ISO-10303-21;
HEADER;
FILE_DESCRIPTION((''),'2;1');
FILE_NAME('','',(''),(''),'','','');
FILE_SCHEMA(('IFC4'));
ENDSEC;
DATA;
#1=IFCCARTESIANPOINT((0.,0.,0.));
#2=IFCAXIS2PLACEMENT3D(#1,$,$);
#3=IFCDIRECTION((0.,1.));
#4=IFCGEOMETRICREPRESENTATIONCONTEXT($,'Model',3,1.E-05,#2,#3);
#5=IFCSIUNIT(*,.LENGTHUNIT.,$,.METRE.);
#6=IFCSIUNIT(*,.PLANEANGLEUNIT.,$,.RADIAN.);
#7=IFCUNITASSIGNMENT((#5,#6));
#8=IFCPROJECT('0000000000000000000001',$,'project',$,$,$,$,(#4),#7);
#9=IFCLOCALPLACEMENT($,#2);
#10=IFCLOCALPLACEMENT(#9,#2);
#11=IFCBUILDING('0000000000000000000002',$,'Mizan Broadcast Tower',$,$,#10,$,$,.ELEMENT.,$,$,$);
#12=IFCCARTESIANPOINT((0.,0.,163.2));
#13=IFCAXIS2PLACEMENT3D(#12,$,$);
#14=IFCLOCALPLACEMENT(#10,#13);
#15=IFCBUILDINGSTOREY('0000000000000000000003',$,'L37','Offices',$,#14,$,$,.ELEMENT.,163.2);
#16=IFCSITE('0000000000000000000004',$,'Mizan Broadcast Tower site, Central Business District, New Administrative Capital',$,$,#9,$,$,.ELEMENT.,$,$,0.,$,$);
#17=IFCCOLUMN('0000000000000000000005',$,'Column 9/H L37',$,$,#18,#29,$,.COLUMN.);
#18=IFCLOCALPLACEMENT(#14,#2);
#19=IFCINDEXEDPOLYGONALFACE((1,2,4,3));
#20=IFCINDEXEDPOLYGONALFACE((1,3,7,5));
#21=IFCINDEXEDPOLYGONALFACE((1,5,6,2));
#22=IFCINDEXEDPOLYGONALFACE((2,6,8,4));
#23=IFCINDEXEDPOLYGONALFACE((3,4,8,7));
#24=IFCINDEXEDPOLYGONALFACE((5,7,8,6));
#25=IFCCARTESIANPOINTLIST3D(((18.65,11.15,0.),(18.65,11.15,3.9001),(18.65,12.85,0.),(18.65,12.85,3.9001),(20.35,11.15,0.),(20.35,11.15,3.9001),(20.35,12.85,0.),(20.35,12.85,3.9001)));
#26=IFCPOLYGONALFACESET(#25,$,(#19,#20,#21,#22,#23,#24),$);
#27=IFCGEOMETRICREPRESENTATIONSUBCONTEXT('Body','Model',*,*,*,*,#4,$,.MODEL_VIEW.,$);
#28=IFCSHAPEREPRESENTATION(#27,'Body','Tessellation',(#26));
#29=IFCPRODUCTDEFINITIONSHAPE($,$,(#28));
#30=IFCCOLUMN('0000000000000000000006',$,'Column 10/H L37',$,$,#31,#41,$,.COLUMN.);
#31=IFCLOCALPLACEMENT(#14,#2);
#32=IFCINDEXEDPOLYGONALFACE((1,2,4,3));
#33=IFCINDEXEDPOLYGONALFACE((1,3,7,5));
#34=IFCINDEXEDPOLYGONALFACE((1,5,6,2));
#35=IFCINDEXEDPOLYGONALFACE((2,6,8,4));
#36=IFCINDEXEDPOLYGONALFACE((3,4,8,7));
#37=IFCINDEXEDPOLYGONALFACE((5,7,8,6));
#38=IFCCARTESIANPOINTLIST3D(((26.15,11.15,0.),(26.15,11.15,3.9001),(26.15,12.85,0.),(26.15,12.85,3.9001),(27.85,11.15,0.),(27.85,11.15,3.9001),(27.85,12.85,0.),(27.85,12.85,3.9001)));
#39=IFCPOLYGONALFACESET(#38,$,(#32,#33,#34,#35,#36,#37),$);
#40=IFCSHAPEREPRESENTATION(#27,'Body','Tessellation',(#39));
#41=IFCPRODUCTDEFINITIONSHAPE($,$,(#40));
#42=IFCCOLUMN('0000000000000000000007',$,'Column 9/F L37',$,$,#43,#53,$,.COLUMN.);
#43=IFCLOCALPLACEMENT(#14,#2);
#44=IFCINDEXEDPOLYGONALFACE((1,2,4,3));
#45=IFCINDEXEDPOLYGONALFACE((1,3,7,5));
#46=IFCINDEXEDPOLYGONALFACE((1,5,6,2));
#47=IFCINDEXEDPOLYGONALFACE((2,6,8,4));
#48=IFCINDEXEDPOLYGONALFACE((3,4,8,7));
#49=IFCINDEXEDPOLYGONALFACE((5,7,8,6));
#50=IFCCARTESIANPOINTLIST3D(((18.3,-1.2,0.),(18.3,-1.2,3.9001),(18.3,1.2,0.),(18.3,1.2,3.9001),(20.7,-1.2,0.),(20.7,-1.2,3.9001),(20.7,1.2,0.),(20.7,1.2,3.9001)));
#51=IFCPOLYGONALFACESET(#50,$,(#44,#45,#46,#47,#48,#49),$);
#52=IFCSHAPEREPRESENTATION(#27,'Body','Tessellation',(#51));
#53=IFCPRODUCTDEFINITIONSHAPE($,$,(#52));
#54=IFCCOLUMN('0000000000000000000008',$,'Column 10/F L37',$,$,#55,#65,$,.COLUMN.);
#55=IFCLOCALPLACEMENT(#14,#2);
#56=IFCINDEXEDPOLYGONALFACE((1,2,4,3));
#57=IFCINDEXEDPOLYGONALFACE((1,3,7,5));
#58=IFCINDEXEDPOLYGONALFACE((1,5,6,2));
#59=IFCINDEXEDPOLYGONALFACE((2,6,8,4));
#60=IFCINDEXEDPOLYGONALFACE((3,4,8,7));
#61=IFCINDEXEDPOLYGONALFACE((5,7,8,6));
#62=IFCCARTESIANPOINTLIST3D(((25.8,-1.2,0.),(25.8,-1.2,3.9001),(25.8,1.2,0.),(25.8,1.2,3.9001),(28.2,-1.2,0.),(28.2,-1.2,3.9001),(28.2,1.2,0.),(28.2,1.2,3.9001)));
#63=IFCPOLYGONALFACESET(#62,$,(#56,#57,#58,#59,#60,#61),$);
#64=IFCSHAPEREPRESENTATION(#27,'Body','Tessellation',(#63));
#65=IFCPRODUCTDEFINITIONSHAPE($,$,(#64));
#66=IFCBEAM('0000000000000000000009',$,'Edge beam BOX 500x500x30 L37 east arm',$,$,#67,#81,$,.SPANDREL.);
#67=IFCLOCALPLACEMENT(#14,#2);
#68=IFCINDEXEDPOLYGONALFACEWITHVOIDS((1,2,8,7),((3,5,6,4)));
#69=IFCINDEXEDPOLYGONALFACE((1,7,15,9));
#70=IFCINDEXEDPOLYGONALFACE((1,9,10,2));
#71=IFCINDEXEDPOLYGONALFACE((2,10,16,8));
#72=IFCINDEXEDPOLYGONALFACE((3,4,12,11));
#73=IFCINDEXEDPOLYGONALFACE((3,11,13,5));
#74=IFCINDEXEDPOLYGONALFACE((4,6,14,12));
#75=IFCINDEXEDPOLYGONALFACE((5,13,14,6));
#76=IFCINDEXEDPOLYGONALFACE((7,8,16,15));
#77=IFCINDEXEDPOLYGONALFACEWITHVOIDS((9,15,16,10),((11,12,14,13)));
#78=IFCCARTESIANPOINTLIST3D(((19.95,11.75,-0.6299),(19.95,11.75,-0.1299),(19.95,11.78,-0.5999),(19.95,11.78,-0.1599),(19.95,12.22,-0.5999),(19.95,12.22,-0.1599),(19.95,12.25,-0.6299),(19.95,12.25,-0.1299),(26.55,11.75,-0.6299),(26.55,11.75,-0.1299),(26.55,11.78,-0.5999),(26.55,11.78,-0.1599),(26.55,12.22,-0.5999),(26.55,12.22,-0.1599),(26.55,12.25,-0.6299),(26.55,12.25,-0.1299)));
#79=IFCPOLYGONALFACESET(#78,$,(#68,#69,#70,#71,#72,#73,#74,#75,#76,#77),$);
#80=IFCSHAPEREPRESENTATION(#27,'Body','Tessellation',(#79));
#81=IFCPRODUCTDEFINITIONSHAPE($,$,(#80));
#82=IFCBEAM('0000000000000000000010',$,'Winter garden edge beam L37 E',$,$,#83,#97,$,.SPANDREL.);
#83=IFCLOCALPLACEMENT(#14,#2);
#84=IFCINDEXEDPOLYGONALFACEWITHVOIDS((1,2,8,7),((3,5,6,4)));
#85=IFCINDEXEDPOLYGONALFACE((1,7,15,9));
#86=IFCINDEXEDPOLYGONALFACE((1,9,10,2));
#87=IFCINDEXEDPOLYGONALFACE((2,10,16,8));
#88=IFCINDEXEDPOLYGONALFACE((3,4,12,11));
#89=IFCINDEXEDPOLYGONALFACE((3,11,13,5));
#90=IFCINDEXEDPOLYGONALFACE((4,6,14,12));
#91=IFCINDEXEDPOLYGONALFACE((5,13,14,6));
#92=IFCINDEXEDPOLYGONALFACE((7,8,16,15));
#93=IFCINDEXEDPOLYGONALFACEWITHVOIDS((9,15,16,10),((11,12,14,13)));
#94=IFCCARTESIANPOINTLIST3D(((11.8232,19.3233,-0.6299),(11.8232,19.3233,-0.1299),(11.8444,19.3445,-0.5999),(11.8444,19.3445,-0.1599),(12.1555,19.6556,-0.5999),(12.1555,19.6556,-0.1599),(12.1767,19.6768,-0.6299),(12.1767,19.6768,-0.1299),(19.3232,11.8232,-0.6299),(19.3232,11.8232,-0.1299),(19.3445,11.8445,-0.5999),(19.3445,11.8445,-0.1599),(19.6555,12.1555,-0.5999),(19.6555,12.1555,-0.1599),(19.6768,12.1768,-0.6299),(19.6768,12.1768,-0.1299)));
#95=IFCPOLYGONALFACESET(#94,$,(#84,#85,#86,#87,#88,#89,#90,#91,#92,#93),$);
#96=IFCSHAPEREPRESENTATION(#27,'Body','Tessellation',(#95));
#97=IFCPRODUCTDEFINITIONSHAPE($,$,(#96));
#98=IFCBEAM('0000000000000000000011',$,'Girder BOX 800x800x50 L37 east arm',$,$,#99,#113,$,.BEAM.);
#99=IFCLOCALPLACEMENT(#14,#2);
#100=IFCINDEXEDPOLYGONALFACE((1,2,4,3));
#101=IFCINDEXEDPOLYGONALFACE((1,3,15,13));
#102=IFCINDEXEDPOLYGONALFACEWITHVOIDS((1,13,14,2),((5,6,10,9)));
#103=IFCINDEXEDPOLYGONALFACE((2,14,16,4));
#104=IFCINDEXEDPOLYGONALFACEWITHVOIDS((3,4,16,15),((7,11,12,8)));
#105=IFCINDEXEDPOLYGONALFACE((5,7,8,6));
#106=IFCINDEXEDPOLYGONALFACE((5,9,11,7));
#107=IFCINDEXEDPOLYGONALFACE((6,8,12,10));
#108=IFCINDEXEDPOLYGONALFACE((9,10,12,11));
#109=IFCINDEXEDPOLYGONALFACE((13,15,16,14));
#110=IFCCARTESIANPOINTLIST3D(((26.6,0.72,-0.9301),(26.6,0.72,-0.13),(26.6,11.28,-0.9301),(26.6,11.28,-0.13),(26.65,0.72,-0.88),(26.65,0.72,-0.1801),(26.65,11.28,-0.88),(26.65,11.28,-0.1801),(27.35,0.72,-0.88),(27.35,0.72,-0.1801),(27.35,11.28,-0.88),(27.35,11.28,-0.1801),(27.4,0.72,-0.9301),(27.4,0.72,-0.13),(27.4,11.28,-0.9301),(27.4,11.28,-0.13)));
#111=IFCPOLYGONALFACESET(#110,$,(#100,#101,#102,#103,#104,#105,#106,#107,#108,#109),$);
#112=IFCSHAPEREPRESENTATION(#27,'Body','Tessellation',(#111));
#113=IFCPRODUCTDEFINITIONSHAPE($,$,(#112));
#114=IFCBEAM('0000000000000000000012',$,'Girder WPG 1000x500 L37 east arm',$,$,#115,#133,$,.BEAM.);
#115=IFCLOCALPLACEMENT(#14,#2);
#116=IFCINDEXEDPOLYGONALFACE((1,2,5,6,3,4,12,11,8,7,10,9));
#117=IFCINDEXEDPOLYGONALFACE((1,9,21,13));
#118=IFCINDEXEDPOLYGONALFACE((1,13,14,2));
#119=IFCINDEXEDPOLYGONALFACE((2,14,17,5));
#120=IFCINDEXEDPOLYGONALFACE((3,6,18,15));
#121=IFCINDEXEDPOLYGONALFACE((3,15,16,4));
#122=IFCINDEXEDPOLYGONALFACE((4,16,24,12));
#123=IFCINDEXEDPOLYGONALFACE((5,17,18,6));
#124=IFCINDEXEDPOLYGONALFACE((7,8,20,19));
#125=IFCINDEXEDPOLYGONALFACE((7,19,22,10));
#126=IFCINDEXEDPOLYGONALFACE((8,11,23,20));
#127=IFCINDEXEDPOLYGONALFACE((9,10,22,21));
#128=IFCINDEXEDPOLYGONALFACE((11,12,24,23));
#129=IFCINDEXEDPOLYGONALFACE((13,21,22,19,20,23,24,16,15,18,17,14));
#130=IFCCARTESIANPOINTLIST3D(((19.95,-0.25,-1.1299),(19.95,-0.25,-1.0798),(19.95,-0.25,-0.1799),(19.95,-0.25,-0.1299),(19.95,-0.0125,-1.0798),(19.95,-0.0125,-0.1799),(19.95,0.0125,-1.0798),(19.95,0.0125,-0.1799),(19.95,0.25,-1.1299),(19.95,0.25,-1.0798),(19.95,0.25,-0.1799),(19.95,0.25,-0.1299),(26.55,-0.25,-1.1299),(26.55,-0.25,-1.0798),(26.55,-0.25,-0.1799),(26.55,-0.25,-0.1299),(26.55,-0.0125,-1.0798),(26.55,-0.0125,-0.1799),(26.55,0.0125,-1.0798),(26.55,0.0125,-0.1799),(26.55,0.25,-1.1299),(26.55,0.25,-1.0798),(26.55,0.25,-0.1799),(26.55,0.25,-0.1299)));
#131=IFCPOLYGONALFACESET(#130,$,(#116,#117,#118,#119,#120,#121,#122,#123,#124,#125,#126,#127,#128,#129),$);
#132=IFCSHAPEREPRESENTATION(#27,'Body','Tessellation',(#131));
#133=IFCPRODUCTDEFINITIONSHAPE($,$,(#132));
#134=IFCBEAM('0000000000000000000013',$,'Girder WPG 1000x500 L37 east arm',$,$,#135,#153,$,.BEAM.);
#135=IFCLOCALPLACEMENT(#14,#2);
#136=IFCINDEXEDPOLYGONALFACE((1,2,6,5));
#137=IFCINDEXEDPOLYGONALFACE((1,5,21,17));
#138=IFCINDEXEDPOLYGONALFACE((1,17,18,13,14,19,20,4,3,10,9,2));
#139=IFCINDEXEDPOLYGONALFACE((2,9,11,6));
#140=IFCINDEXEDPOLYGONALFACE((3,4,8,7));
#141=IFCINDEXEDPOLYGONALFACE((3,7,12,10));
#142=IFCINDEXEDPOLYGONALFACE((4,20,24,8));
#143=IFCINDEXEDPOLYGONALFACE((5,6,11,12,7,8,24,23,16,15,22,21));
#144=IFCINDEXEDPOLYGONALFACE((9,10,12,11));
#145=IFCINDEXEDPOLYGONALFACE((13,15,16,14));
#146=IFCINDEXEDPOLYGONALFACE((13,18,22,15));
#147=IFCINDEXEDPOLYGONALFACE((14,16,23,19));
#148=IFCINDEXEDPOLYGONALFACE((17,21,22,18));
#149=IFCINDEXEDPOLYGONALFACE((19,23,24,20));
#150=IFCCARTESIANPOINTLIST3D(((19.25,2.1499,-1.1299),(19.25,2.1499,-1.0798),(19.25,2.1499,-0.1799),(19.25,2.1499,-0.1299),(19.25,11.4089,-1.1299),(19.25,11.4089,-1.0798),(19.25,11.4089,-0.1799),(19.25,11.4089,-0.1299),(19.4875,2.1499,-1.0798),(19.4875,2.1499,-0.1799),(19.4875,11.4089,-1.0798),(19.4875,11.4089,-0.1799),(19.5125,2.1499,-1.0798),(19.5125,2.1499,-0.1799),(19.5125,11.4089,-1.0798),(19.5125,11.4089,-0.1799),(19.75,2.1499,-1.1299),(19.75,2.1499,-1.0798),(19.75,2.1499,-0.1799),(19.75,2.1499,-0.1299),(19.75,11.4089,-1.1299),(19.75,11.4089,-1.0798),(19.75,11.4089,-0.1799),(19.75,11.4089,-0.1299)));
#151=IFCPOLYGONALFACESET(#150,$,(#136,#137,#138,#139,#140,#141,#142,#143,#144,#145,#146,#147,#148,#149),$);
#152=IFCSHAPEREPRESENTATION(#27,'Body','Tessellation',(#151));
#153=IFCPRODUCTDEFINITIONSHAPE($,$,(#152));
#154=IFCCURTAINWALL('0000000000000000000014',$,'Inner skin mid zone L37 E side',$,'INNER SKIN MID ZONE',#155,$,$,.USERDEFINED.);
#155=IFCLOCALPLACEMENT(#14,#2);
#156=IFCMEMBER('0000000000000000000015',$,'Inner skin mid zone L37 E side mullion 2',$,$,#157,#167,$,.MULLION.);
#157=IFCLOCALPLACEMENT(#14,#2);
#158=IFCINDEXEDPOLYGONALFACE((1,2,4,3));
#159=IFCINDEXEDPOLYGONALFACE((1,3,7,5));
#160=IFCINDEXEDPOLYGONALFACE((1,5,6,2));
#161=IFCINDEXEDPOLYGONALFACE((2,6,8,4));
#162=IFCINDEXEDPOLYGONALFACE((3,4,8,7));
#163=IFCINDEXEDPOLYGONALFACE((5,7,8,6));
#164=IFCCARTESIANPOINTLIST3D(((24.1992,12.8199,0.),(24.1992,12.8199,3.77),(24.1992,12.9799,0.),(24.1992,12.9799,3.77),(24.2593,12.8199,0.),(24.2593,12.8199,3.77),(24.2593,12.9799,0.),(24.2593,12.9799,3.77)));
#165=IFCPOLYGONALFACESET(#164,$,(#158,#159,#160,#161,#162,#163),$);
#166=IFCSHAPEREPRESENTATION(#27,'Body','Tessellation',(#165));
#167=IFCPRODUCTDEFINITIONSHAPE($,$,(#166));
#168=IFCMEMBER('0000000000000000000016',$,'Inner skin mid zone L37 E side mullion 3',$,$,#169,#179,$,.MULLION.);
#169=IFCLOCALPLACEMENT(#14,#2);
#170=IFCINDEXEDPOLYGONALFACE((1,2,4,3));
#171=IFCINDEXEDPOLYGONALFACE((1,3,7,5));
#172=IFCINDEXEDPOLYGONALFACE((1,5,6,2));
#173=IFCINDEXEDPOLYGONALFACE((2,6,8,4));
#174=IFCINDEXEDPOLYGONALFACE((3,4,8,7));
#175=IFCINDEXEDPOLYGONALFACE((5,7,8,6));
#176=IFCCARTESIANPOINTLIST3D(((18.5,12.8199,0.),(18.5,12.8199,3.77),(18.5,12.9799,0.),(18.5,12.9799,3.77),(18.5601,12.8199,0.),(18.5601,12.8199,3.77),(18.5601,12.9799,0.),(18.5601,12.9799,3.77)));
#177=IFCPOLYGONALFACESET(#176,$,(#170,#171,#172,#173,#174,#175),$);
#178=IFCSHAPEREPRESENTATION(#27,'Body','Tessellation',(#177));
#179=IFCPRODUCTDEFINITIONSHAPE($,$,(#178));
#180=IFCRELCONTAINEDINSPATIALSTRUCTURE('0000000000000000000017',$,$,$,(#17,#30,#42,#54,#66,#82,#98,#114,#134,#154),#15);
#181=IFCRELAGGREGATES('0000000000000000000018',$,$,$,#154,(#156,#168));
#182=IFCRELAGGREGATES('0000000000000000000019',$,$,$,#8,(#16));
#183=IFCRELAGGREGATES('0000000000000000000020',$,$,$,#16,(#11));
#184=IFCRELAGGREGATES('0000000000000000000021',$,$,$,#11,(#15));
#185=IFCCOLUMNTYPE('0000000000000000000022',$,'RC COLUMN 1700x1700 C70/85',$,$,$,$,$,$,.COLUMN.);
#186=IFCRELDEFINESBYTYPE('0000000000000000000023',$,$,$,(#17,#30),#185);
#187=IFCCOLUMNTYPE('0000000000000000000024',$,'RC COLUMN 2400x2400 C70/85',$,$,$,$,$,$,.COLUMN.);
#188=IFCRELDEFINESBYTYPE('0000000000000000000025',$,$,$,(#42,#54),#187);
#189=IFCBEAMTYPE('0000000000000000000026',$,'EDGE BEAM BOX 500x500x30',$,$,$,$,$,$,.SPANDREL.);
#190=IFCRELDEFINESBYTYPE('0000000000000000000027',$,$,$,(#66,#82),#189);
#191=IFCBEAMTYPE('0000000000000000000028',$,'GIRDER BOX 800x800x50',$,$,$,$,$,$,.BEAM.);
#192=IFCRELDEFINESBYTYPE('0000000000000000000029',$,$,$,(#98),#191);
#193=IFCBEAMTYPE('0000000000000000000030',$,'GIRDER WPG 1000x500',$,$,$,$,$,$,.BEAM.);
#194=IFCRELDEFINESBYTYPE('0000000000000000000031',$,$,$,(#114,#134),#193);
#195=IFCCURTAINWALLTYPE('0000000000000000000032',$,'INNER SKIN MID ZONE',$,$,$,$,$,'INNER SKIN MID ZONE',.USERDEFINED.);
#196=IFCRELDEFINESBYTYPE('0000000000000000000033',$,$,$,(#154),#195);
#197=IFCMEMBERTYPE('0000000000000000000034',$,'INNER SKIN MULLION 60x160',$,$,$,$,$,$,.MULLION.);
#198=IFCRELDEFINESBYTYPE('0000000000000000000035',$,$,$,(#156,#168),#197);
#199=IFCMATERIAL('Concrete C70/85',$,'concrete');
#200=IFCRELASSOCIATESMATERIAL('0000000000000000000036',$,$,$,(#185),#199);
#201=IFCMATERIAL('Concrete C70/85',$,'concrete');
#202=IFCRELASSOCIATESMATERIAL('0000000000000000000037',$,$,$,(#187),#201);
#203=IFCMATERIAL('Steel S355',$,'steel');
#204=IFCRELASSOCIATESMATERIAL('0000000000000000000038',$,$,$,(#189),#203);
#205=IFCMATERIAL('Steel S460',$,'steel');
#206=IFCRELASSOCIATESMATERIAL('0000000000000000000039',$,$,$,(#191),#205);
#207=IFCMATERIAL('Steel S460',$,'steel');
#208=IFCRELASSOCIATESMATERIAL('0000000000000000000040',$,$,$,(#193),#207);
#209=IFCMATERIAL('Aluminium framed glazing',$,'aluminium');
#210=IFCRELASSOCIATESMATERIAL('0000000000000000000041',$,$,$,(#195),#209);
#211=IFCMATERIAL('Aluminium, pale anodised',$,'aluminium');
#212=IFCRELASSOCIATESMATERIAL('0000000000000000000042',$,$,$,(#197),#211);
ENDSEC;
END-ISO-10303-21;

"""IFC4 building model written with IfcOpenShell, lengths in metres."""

from ifc_helpers import new_model, si_unit, direction, frame, origin, origin_2d, place, context, subcontext, project, spatial, rectangle, hollow_rectangle, i_section, extrude, material, material_profile, profile_set, type_object, element, aggregate, save


model = new_model("IFC4")

# Units and contexts
model_context = context("Model", 3, precision=1e-05, world=origin(), true_north=direction((0.0, 1.0)))
body_context = subcontext(model_context, "Body", "Model", "MODEL_VIEW")
ifc_project = project(units=[si_unit("LENGTHUNIT", "METRE"), si_unit("PLANEANGLEUNIT", "RADIAN")], contexts=[model_context])

# Site, building, storey
site_placement = place(None, origin())
site = spatial("IfcSite", under=ifc_project, at=site_placement, Name="Mizan Broadcast Tower site, Central Business District, New Administrative Capital", CompositionType="ELEMENT", RefElevation=0.0)
building_placement = place(site_placement, origin())
building = spatial("IfcBuilding", under=site, at=building_placement, Name="Mizan Broadcast Tower", CompositionType="ELEMENT")
storey_placement = place(building_placement, frame((0.0, 0.0, 163.2)))
storey = spatial("IfcBuildingStorey", under=building, at=storey_placement, Name="L37", Description="Offices", CompositionType="ELEMENT", Elevation=163.2)

# Columns
ifc_material_1 = material(Name="Concrete C70/85", Category="concrete")
ifc_material_profile_1 = material_profile(ifc_material_1, rectangle(XDim=1.7, YDim=1.7, at=origin_2d()), Name="RC 1700x1700")
ifc_profile_set_1 = profile_set([ifc_material_profile_1], Name="Concrete C70/85")
column_type_1 = type_object("IfcColumnType", Name="RC COLUMN 1700x1700 C70/85", PredefinedType="COLUMN", material=ifc_profile_set_1)
for number, where, z_axis, x_axis, name in (
    (1, (19.5, 12.0, 0.0), (0.0, 0.0, 1.0), (1.0, 0.0, 0.0), "Column 9/H L37"),
    (2, (27.0, 12.0, 0.0), (0.0, 0.0, 1.0), (1.0, 0.0, 0.0), "Column 10/H L37"),
):
    element("IfcColumn", number, at=place(storey_placement, frame(where, z_axis=z_axis, x_axis=x_axis)), inside=storey, type_object=column_type_1, Name=name, PredefinedType="COLUMN", context=body_context, shape_type="SweptSolid", body=[
        extrude(rectangle(XDim=1.7, YDim=1.7, at=origin_2d()), origin(), (0.0, 0.0, 1.0), 3.9001),
    ])
ifc_material_2 = material(Name="Concrete C70/85", Category="concrete")
ifc_material_profile_2 = material_profile(ifc_material_2, rectangle(XDim=2.3999, YDim=2.3999, at=origin_2d()), Name="RC 2400x2400")
ifc_profile_set_2 = profile_set([ifc_material_profile_2], Name="Concrete C70/85")
column_type_2 = type_object("IfcColumnType", Name="RC COLUMN 2400x2400 C70/85", PredefinedType="COLUMN", material=ifc_profile_set_2)
for number, where, z_axis, x_axis, name in (
    (3, (19.5, 0.0, 0.0), (0.0, 0.0, 1.0), (1.0, 0.0, 0.0), "Column 9/F L37"),
    (4, (27.0, 0.0, 0.0), (0.0, 0.0, 1.0), (1.0, 0.0, 0.0), "Column 10/F L37"),
):
    element("IfcColumn", number, at=place(storey_placement, frame(where, z_axis=z_axis, x_axis=x_axis)), inside=storey, type_object=column_type_2, Name=name, PredefinedType="COLUMN", context=body_context, shape_type="SweptSolid", body=[
        extrude(rectangle(XDim=2.3999, YDim=2.3999, at=origin_2d()), origin(), (0.0, 0.0, 1.0), 3.9001),
    ])

# Beams
ifc_material_3 = material(Name="Steel S355", Category="steel")
ifc_material_profile_3 = material_profile(ifc_material_3, hollow_rectangle(XDim=0.5, YDim=0.5, WallThickness=0.03, at=origin_2d()), Name="BOX 500x500x30")
ifc_profile_set_3 = profile_set([ifc_material_profile_3], Name="Steel S355")
beam_type_1 = type_object("IfcBeamType", Name="EDGE BEAM BOX 500x500x30", PredefinedType="SPANDREL", material=ifc_profile_set_3)
beam_1_placement = place(storey_placement, frame((19.95, 12.0, -0.3799), z_axis=(1.0, 0.0, 0.0), x_axis=(0.0, 1.0, 0.0)))
element("IfcBeam", 5, at=beam_1_placement, inside=storey, type_object=beam_type_1, Name="Edge beam BOX 500x500x30 L37 east arm", PredefinedType="SPANDREL", context=body_context, shape_type="SweptSolid", body=[
    extrude(hollow_rectangle(XDim=0.5, YDim=0.5, WallThickness=0.03, at=origin_2d()), origin(), (0.0, 0.0, 1.0), 6.6001),
])
beam_2_placement = place(storey_placement, frame((19.5, 12.0, -0.3799), z_axis=(-0.707107, 0.707107, 0.0), x_axis=(-0.707107, -0.707107, 0.0)))
element("IfcBeam", 6, at=beam_2_placement, inside=storey, type_object=beam_type_1, Name="Winter garden edge beam L37 E", PredefinedType="SPANDREL", context=body_context, shape_type="SweptSolid", body=[
    extrude(hollow_rectangle(XDim=0.5, YDim=0.5, WallThickness=0.03, at=origin_2d()), origin(), (0.0, 0.0, 1.0), 10.6067),
])
ifc_material_4 = material(Name="Steel S460", Category="steel")
ifc_material_profile_4 = material_profile(ifc_material_4, hollow_rectangle(XDim=0.8, YDim=0.8, WallThickness=0.05, at=origin_2d()), Name="BOX 800x800x50")
ifc_profile_set_4 = profile_set([ifc_material_profile_4], Name="Steel S460")
beam_type_2 = type_object("IfcBeamType", Name="GIRDER BOX 800x800x50", PredefinedType="BEAM", material=ifc_profile_set_4)
beam_3_placement = place(storey_placement, frame((27.0, 11.28, -0.53), z_axis=(0.0, -1.0, 0.0), x_axis=(1.0, 0.0, 0.0)))
element("IfcBeam", 7, at=beam_3_placement, inside=storey, type_object=beam_type_2, Name="Girder BOX 800x800x50 L37 east arm", PredefinedType="BEAM", context=body_context, shape_type="SweptSolid", body=[
    extrude(hollow_rectangle(XDim=0.8, YDim=0.8, WallThickness=0.05, at=origin_2d()), origin(), (0.0, 0.0, 1.0), 10.5601),
])
ifc_material_5 = material(Name="Steel S460", Category="steel")
ifc_material_profile_5 = material_profile(ifc_material_5, i_section(OverallWidth=0.5, OverallDepth=1.0, WebThickness=0.0249, FlangeThickness=0.05, at=origin_2d()), Name="WPG 1000x500")
ifc_profile_set_5 = profile_set([ifc_material_profile_5], Name="Steel S460")
beam_type_3 = type_object("IfcBeamType", Name="GIRDER WPG 1000x500", PredefinedType="BEAM", material=ifc_profile_set_5)
beam_4_placement = place(storey_placement, frame((19.95, 0.0, -0.6299), z_axis=(1.0, 0.0, 0.0), x_axis=(0.0, 1.0, 0.0)))
element("IfcBeam", 8, at=beam_4_placement, inside=storey, type_object=beam_type_3, Name="Girder WPG 1000x500 L37 east arm", PredefinedType="BEAM", context=body_context, shape_type="SweptSolid", body=[
    extrude(i_section(OverallWidth=0.5, OverallDepth=1.0, WebThickness=0.0249, FlangeThickness=0.05, at=origin_2d()), origin(), (0.0, 0.0, 1.0), 6.6001),
])
beam_5_placement = place(storey_placement, frame((19.5, 11.4089, -0.6299), z_axis=(0.0, -1.0, 0.0), x_axis=(1.0, 0.0, 0.0)))
element("IfcBeam", 9, at=beam_5_placement, inside=storey, type_object=beam_type_3, Name="Girder WPG 1000x500 L37 east arm", PredefinedType="BEAM", context=body_context, shape_type="SweptSolid", body=[
    extrude(i_section(OverallWidth=0.5, OverallDepth=1.0, WebThickness=0.0249, FlangeThickness=0.05, at=origin_2d()), origin(), (0.0, 0.0, 1.0), 9.259),
])

# Curtain wall, members
ifc_material_6 = material(Name="Aluminium framed glazing", Category="aluminium")
curtain_wall_type_1 = type_object("IfcCurtainWallType", Name="INNER SKIN MID ZONE", ElementType="INNER SKIN MID ZONE", PredefinedType="USERDEFINED", material=ifc_material_6)
curtain_wall_1_placement = place(storey_placement, origin())
curtain_wall_1 = element("IfcCurtainWall", 10, at=curtain_wall_1_placement, inside=storey, type_object=curtain_wall_type_1, Name="Inner skin mid zone L37 E side", ObjectType="INNER SKIN MID ZONE", PredefinedType="USERDEFINED")
ifc_material_7 = material(Name="Aluminium, pale anodised", Category="aluminium")
ifc_material_profile_6 = material_profile(ifc_material_7, rectangle(XDim=0.1599, YDim=0.0601, at=origin_2d()), Name="MULLION 160x60")
ifc_profile_set_6 = profile_set([ifc_material_profile_6], Name="Aluminium, pale anodised")
member_type_1 = type_object("IfcMemberType", Name="INNER SKIN MULLION 60x160", PredefinedType="MULLION", material=ifc_profile_set_6)
member_1_placement = place(storey_placement, frame((24.2292, 12.8999, 0.0), z_axis=(0.0, 0.0, 1.0), x_axis=(0.0, -1.0, 0.0)))
member_1 = element("IfcMember", 11, at=member_1_placement, type_object=member_type_1, Name="Inner skin mid zone L37 E side mullion 2", PredefinedType="MULLION", context=body_context, shape_type="SweptSolid", body=[
    extrude(rectangle(XDim=0.1599, YDim=0.0601, at=origin_2d()), origin(), (0.0, 0.0, 1.0), 3.77),
])
member_2_placement = place(storey_placement, frame((18.53, 12.8999, 0.0), z_axis=(0.0, 0.0, 1.0), x_axis=(0.0, -1.0, 0.0)))
member_2 = element("IfcMember", 12, at=member_2_placement, type_object=member_type_1, Name="Inner skin mid zone L37 E side mullion 3", PredefinedType="MULLION", context=body_context, shape_type="SweptSolid", body=[
    extrude(rectangle(XDim=0.1599, YDim=0.0601, at=origin_2d()), origin(), (0.0, 0.0, 1.0), 3.77),
])

aggregate(curtain_wall_1, [member_1, member_2])

save(model, "model.ifc")
